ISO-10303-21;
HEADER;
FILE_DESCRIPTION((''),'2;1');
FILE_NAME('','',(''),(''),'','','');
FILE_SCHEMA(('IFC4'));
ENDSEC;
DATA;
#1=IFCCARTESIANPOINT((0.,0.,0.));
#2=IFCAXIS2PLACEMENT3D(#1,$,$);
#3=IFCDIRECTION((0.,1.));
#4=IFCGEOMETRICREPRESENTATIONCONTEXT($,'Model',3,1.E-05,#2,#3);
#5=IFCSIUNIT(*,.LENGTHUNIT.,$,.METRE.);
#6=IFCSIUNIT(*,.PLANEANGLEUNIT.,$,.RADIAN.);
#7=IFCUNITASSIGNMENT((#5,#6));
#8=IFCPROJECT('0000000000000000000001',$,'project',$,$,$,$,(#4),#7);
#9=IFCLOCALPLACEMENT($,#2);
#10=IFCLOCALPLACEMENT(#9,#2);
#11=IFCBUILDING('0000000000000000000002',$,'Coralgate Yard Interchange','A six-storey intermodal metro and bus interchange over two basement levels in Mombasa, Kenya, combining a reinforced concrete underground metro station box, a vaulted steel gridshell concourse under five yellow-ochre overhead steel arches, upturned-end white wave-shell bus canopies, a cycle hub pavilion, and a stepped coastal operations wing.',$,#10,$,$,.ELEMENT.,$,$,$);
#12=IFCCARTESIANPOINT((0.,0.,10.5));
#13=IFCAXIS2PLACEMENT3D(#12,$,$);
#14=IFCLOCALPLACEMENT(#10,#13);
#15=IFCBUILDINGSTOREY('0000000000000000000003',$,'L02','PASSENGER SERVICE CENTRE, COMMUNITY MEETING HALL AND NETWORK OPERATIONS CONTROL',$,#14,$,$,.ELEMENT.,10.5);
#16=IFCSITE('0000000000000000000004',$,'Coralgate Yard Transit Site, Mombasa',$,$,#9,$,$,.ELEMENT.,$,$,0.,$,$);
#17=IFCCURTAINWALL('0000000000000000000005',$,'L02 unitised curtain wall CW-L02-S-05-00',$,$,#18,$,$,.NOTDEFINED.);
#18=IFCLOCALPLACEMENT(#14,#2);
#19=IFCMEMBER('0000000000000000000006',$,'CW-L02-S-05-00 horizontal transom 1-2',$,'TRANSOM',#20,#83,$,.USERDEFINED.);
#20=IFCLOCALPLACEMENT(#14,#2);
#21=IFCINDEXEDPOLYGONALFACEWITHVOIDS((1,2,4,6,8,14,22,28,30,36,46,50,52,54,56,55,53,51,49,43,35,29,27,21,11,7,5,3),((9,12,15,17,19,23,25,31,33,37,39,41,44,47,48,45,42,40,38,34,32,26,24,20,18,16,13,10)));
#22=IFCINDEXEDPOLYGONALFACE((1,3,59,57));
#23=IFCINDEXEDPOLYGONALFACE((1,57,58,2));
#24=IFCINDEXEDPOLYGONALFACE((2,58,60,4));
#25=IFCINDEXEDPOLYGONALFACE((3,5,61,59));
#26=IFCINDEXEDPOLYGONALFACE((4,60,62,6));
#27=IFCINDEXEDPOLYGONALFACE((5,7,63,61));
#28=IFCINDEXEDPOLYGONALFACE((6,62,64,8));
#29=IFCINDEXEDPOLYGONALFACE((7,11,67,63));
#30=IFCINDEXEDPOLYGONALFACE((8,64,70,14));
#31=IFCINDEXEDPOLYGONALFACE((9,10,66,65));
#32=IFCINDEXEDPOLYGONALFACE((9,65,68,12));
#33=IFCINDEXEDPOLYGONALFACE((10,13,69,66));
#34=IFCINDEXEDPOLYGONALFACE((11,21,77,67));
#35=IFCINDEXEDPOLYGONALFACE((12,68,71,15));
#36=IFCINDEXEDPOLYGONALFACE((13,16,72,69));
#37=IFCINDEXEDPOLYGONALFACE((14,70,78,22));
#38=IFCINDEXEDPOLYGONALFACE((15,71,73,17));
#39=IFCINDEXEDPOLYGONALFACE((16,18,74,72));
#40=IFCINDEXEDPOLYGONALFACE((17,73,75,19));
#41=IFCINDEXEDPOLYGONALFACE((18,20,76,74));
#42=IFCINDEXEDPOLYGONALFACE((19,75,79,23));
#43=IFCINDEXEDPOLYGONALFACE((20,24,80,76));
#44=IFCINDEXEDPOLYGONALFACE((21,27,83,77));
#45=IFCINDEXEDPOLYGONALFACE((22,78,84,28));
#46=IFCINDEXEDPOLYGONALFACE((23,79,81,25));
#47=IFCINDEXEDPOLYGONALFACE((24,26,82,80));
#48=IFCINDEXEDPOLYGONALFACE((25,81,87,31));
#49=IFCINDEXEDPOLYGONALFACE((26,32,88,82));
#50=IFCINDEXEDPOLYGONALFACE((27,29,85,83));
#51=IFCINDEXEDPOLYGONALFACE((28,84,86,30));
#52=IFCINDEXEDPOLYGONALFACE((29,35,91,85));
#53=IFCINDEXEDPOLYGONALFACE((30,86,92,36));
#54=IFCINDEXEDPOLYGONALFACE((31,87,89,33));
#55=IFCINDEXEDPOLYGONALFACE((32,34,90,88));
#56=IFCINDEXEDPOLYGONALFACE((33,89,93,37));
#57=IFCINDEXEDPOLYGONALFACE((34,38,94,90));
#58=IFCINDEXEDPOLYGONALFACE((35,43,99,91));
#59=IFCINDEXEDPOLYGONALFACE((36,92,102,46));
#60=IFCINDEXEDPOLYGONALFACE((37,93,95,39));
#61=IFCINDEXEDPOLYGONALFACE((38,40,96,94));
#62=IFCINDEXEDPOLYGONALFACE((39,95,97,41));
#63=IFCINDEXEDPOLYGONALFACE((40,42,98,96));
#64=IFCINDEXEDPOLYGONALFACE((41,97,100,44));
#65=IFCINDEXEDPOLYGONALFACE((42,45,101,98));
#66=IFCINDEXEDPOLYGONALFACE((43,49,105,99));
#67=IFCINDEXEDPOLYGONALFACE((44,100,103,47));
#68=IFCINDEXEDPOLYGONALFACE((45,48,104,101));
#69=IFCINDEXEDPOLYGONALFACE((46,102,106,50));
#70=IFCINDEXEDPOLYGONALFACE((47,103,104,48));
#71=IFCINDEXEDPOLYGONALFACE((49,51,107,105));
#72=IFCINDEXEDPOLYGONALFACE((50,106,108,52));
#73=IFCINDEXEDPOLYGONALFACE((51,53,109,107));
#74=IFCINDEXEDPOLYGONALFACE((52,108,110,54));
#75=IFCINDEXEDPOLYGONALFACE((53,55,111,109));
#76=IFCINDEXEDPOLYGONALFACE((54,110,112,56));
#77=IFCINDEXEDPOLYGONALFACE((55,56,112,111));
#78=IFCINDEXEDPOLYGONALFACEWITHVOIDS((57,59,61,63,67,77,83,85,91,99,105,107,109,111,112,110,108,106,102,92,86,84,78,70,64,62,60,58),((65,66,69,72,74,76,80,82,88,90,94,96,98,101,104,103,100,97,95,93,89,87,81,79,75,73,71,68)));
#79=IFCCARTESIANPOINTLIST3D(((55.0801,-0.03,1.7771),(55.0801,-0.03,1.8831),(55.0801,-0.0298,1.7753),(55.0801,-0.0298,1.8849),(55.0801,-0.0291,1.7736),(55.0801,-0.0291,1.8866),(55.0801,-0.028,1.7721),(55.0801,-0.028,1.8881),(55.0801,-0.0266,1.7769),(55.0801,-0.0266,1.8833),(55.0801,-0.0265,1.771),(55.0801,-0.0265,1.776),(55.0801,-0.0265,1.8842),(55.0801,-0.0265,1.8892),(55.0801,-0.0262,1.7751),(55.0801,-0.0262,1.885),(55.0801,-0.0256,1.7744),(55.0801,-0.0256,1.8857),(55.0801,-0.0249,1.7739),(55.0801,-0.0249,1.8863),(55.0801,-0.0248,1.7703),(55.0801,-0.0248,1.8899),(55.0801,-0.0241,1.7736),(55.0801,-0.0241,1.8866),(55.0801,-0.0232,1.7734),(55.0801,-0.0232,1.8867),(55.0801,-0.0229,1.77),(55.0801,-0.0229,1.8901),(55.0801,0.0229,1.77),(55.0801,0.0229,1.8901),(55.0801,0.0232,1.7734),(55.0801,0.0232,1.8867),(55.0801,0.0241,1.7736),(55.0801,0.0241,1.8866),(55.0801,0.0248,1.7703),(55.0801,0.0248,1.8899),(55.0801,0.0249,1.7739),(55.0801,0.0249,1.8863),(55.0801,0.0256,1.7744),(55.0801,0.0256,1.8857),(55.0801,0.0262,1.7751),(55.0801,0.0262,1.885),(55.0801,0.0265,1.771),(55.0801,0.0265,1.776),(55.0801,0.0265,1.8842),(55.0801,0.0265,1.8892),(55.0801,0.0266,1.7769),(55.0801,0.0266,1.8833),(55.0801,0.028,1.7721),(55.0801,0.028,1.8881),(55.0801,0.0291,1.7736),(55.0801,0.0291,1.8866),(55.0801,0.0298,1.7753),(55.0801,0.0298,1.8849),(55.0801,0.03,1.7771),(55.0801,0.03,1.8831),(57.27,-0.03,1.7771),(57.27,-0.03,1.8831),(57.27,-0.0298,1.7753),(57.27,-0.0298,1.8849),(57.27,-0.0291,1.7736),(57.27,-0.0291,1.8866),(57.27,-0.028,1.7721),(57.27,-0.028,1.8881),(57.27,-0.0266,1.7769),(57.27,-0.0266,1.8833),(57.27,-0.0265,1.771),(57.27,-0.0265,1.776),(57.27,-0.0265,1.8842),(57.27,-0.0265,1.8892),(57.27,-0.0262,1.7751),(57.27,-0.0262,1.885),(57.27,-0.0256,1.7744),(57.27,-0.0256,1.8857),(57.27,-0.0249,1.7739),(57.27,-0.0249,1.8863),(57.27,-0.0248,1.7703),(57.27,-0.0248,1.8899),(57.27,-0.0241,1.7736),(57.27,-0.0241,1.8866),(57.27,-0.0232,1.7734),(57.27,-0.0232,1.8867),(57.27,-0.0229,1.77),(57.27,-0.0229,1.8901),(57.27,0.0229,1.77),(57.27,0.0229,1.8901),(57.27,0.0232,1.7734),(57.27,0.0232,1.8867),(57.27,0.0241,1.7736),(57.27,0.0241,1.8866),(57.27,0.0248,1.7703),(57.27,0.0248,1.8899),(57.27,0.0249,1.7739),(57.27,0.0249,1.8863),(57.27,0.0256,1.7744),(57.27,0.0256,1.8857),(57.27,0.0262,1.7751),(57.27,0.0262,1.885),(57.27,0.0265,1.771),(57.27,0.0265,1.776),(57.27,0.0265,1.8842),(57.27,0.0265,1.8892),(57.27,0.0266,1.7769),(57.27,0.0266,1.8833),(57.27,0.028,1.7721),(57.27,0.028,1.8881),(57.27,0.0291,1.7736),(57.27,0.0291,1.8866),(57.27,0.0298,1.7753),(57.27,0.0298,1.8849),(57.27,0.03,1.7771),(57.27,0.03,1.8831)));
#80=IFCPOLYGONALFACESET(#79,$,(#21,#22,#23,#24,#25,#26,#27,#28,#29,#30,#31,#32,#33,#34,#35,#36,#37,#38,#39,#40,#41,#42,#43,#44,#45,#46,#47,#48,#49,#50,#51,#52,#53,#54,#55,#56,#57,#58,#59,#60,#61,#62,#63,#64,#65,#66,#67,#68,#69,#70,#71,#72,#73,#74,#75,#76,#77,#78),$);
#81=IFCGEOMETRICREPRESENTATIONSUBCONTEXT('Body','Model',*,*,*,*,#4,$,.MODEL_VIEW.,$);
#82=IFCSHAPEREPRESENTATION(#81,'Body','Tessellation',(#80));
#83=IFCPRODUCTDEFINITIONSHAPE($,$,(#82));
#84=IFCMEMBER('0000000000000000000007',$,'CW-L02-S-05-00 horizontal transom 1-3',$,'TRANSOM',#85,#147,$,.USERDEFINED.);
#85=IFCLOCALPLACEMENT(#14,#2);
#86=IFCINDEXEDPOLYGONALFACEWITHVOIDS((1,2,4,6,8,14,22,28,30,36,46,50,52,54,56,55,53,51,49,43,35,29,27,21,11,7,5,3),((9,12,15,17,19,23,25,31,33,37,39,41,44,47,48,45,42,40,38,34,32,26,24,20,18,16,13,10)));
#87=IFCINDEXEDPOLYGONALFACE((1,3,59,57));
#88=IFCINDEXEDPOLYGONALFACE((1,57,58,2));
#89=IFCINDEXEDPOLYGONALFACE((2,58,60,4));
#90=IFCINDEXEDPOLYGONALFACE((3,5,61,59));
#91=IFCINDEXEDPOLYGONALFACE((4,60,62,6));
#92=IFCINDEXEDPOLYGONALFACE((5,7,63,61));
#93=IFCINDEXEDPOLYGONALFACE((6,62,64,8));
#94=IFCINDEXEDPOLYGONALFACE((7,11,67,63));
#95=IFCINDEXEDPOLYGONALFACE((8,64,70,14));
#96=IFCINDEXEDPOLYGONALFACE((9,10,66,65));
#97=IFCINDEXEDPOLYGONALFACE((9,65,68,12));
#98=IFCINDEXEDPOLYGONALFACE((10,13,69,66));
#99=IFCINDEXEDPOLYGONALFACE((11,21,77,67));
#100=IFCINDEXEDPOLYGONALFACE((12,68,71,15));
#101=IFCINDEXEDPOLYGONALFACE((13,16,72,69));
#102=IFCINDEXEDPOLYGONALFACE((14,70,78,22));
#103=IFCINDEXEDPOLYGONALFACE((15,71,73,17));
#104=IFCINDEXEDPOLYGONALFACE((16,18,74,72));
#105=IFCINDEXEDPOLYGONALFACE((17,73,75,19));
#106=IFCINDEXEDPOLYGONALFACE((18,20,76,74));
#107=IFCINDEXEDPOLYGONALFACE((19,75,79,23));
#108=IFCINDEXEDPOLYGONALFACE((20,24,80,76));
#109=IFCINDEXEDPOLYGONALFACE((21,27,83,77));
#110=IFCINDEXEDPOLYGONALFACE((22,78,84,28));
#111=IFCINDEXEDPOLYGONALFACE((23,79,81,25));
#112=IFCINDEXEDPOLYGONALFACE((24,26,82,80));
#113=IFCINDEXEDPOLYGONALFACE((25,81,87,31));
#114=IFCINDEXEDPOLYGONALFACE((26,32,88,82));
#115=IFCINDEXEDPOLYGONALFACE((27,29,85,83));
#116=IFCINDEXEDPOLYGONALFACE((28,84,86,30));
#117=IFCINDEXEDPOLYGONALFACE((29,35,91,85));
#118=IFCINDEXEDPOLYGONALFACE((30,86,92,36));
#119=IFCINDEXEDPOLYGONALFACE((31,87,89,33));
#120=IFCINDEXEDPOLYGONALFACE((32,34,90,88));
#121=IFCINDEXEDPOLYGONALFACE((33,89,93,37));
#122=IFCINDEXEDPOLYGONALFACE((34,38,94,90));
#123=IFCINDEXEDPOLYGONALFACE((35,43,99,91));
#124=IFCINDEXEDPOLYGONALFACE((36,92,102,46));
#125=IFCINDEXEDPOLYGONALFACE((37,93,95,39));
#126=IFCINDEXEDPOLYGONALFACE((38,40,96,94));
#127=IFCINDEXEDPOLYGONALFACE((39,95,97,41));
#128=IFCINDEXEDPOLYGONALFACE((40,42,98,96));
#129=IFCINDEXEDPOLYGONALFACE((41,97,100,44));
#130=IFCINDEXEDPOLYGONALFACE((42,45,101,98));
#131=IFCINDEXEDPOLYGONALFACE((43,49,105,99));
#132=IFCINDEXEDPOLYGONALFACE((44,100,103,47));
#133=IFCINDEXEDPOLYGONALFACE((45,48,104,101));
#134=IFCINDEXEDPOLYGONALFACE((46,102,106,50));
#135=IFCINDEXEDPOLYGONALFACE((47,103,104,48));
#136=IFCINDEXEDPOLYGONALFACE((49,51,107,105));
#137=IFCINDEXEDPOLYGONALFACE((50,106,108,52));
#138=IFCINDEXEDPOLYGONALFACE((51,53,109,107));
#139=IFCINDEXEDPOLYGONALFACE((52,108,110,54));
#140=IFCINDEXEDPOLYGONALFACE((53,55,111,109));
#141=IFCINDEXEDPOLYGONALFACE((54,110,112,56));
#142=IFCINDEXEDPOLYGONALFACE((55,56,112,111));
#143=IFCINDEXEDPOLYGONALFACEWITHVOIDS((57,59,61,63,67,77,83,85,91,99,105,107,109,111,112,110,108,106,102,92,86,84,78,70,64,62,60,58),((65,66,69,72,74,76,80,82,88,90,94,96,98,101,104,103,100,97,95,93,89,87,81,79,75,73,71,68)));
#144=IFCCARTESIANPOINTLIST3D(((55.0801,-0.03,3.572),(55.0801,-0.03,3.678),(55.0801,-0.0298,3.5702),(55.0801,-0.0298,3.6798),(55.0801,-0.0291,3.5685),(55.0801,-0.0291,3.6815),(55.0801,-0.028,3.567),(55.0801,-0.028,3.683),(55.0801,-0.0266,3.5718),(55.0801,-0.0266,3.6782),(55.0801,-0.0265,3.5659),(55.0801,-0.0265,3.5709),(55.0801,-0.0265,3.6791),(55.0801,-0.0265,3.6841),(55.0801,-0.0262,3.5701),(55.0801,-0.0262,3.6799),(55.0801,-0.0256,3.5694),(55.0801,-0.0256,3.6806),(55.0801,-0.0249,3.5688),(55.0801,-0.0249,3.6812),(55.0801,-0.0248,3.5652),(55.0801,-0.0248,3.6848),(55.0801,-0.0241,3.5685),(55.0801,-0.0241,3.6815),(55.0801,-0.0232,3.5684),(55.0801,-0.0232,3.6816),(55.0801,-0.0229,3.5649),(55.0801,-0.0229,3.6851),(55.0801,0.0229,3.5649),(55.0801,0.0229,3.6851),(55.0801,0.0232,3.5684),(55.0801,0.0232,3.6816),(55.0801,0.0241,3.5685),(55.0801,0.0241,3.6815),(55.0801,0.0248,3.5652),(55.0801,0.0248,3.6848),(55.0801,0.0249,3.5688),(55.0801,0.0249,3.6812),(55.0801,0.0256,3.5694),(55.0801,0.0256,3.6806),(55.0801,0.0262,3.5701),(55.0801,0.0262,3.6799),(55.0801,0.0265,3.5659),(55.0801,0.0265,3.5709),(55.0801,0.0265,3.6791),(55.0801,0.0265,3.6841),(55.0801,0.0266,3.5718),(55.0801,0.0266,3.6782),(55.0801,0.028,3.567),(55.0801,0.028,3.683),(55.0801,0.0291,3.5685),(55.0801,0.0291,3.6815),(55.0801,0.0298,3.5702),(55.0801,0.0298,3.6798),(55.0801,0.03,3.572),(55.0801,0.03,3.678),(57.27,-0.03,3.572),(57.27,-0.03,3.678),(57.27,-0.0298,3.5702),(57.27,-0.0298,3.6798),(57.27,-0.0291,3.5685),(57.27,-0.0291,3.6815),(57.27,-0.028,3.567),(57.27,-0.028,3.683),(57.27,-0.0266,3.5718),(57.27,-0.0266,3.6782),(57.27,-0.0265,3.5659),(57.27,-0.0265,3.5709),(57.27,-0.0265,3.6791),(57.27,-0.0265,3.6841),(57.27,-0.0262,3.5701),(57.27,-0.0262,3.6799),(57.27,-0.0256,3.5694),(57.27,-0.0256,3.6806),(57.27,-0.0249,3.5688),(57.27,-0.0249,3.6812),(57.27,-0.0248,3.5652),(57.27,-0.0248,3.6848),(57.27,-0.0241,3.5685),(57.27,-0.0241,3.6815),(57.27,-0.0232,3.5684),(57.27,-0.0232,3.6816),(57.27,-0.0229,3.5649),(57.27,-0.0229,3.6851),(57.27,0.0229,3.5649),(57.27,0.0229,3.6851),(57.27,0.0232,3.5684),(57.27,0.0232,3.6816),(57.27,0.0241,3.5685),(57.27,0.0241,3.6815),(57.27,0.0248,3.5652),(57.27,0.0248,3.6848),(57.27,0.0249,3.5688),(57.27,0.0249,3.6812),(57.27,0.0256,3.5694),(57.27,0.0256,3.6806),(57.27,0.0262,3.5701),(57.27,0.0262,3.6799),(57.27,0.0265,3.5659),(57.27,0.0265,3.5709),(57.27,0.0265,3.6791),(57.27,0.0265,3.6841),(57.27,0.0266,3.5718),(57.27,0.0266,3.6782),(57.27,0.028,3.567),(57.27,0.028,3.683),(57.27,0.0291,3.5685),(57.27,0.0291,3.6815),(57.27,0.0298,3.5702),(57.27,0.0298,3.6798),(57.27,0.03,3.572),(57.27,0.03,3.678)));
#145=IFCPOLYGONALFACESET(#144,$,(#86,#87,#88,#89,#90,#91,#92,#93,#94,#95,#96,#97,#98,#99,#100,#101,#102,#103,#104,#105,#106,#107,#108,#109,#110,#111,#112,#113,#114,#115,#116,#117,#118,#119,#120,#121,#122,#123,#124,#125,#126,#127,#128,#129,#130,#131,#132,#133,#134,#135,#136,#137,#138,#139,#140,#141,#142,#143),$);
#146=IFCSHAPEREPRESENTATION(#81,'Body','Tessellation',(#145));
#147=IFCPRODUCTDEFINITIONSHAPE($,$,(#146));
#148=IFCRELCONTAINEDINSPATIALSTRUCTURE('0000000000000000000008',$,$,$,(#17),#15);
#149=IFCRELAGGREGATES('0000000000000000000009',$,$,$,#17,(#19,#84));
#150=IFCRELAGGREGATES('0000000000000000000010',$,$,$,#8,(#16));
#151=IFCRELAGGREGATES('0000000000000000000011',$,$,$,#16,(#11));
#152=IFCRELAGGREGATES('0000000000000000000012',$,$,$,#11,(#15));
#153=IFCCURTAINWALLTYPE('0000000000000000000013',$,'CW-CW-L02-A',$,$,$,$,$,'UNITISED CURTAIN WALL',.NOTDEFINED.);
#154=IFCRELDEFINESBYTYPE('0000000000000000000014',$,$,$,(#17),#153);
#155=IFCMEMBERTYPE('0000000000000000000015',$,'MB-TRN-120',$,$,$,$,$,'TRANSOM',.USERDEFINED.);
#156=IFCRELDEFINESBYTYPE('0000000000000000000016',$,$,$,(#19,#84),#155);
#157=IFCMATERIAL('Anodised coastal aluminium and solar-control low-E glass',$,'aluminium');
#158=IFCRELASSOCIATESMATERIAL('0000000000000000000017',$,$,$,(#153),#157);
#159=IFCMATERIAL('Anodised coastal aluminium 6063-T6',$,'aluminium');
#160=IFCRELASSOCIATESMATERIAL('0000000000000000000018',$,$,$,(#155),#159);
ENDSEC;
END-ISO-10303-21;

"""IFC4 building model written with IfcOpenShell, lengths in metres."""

from ifc_helpers import new_model, si_unit, direction, frame, origin, origin_2d, place, context, subcontext, project, spatial, hollow_rectangle, extrude, material, material_profile, profile_set, type_object, element, aggregate, save


model = new_model("IFC4")

# Units and contexts
model_context = context("Model", 3, precision=1e-05, world=origin(), true_north=direction((0.0, 1.0)))
body_context = subcontext(model_context, "Body", "Model", "MODEL_VIEW")
ifc_project = project(units=[si_unit("LENGTHUNIT", "METRE"), si_unit("PLANEANGLEUNIT", "RADIAN")], contexts=[model_context])

# Site, building, storey
site_placement = place(None, origin())
site = spatial("IfcSite", under=ifc_project, at=site_placement, Name="Coralgate Yard Transit Site, Mombasa", CompositionType="ELEMENT", RefElevation=0.0)
building_placement = place(site_placement, origin())
building = spatial("IfcBuilding", under=site, at=building_placement, Name="Coralgate Yard Interchange", Description="A six-storey intermodal metro and bus interchange over two basement levels in Mombasa, Kenya, combining a reinforced concrete underground metro station box, a vaulted steel gridshell concourse under five yellow-ochre overhead steel arches, upturned-end white wave-shell bus canopies, a cycle hub pavilion, and a stepped coastal operations wing.", CompositionType="ELEMENT")
storey_placement = place(building_placement, frame((0.0, 0.0, 10.5)))
storey = spatial("IfcBuildingStorey", under=building, at=storey_placement, Name="L02", Description="PASSENGER SERVICE CENTRE, COMMUNITY MEETING HALL AND NETWORK OPERATIONS CONTROL", CompositionType="ELEMENT", Elevation=10.5)

# Curtain wall
ifc_material_1 = material(Name="Anodised coastal aluminium and solar-control low-E glass", Category="aluminium")
curtain_wall_type = type_object("IfcCurtainWallType", Name="CW-CW-L02-A", ElementType="UNITISED CURTAIN WALL", PredefinedType="NOTDEFINED", material=ifc_material_1)
curtain_wall_1_placement = place(storey_placement, origin())
curtain_wall_1 = element("IfcCurtainWall", 1, at=curtain_wall_1_placement, inside=storey, type_object=curtain_wall_type, Name="L02 unitised curtain wall CW-L02-S-05-00", PredefinedType="NOTDEFINED")
ifc_material_2 = material(Name="Anodised coastal aluminium 6063-T6", Category="aluminium")

# Members
ifc_material_profile_1 = material_profile(ifc_material_2, hollow_rectangle(XDim=0.0601, YDim=0.1201, WallThickness=0.0034, InnerFilletRadius=0.0034, OuterFilletRadius=0.0071, at=origin_2d()), Name="ALU 60x120x3.5")
ifc_profile_set_1 = profile_set([ifc_material_profile_1], Name="Anodised coastal aluminium 6063-T6")
member_type_1 = type_object("IfcMemberType", Name="MB-TRN-120", ElementType="TRANSOM", PredefinedType="USERDEFINED", material=ifc_profile_set_1)
member_1_placement = place(storey_placement, frame((57.27, 0.0, 1.8301), z_axis=(-1.0, 0.0, 0.0), x_axis=(0.0, -1.0, 0.0)))
member_1 = element("IfcMember", 2, at=member_1_placement, type_object=member_type_1, Name="CW-L02-S-05-00 horizontal transom 1-2", ObjectType="TRANSOM", PredefinedType="USERDEFINED", context=body_context, shape_type="SweptSolid", body=[
    extrude(hollow_rectangle(XDim=0.0601, YDim=0.1201, WallThickness=0.0034, InnerFilletRadius=0.0034, OuterFilletRadius=0.0071, at=origin_2d()), origin(), (0.0, 0.0, 1.0), 2.1899),
])
member_2_placement = place(storey_placement, frame((57.27, 0.0, 3.625), z_axis=(-1.0, 0.0, 0.0), x_axis=(0.0, -1.0, 0.0)))
member_2 = element("IfcMember", 3, at=member_2_placement, type_object=member_type_1, Name="CW-L02-S-05-00 horizontal transom 1-3", ObjectType="TRANSOM", PredefinedType="USERDEFINED", context=body_context, shape_type="SweptSolid", body=[
    extrude(hollow_rectangle(XDim=0.0601, YDim=0.1201, WallThickness=0.0034, InnerFilletRadius=0.0034, OuterFilletRadius=0.0071, at=origin_2d()), origin(), (0.0, 0.0, 1.0), 2.1899),
])

aggregate(curtain_wall_1, [member_1, member_2])

save(model, "model.ifc")
